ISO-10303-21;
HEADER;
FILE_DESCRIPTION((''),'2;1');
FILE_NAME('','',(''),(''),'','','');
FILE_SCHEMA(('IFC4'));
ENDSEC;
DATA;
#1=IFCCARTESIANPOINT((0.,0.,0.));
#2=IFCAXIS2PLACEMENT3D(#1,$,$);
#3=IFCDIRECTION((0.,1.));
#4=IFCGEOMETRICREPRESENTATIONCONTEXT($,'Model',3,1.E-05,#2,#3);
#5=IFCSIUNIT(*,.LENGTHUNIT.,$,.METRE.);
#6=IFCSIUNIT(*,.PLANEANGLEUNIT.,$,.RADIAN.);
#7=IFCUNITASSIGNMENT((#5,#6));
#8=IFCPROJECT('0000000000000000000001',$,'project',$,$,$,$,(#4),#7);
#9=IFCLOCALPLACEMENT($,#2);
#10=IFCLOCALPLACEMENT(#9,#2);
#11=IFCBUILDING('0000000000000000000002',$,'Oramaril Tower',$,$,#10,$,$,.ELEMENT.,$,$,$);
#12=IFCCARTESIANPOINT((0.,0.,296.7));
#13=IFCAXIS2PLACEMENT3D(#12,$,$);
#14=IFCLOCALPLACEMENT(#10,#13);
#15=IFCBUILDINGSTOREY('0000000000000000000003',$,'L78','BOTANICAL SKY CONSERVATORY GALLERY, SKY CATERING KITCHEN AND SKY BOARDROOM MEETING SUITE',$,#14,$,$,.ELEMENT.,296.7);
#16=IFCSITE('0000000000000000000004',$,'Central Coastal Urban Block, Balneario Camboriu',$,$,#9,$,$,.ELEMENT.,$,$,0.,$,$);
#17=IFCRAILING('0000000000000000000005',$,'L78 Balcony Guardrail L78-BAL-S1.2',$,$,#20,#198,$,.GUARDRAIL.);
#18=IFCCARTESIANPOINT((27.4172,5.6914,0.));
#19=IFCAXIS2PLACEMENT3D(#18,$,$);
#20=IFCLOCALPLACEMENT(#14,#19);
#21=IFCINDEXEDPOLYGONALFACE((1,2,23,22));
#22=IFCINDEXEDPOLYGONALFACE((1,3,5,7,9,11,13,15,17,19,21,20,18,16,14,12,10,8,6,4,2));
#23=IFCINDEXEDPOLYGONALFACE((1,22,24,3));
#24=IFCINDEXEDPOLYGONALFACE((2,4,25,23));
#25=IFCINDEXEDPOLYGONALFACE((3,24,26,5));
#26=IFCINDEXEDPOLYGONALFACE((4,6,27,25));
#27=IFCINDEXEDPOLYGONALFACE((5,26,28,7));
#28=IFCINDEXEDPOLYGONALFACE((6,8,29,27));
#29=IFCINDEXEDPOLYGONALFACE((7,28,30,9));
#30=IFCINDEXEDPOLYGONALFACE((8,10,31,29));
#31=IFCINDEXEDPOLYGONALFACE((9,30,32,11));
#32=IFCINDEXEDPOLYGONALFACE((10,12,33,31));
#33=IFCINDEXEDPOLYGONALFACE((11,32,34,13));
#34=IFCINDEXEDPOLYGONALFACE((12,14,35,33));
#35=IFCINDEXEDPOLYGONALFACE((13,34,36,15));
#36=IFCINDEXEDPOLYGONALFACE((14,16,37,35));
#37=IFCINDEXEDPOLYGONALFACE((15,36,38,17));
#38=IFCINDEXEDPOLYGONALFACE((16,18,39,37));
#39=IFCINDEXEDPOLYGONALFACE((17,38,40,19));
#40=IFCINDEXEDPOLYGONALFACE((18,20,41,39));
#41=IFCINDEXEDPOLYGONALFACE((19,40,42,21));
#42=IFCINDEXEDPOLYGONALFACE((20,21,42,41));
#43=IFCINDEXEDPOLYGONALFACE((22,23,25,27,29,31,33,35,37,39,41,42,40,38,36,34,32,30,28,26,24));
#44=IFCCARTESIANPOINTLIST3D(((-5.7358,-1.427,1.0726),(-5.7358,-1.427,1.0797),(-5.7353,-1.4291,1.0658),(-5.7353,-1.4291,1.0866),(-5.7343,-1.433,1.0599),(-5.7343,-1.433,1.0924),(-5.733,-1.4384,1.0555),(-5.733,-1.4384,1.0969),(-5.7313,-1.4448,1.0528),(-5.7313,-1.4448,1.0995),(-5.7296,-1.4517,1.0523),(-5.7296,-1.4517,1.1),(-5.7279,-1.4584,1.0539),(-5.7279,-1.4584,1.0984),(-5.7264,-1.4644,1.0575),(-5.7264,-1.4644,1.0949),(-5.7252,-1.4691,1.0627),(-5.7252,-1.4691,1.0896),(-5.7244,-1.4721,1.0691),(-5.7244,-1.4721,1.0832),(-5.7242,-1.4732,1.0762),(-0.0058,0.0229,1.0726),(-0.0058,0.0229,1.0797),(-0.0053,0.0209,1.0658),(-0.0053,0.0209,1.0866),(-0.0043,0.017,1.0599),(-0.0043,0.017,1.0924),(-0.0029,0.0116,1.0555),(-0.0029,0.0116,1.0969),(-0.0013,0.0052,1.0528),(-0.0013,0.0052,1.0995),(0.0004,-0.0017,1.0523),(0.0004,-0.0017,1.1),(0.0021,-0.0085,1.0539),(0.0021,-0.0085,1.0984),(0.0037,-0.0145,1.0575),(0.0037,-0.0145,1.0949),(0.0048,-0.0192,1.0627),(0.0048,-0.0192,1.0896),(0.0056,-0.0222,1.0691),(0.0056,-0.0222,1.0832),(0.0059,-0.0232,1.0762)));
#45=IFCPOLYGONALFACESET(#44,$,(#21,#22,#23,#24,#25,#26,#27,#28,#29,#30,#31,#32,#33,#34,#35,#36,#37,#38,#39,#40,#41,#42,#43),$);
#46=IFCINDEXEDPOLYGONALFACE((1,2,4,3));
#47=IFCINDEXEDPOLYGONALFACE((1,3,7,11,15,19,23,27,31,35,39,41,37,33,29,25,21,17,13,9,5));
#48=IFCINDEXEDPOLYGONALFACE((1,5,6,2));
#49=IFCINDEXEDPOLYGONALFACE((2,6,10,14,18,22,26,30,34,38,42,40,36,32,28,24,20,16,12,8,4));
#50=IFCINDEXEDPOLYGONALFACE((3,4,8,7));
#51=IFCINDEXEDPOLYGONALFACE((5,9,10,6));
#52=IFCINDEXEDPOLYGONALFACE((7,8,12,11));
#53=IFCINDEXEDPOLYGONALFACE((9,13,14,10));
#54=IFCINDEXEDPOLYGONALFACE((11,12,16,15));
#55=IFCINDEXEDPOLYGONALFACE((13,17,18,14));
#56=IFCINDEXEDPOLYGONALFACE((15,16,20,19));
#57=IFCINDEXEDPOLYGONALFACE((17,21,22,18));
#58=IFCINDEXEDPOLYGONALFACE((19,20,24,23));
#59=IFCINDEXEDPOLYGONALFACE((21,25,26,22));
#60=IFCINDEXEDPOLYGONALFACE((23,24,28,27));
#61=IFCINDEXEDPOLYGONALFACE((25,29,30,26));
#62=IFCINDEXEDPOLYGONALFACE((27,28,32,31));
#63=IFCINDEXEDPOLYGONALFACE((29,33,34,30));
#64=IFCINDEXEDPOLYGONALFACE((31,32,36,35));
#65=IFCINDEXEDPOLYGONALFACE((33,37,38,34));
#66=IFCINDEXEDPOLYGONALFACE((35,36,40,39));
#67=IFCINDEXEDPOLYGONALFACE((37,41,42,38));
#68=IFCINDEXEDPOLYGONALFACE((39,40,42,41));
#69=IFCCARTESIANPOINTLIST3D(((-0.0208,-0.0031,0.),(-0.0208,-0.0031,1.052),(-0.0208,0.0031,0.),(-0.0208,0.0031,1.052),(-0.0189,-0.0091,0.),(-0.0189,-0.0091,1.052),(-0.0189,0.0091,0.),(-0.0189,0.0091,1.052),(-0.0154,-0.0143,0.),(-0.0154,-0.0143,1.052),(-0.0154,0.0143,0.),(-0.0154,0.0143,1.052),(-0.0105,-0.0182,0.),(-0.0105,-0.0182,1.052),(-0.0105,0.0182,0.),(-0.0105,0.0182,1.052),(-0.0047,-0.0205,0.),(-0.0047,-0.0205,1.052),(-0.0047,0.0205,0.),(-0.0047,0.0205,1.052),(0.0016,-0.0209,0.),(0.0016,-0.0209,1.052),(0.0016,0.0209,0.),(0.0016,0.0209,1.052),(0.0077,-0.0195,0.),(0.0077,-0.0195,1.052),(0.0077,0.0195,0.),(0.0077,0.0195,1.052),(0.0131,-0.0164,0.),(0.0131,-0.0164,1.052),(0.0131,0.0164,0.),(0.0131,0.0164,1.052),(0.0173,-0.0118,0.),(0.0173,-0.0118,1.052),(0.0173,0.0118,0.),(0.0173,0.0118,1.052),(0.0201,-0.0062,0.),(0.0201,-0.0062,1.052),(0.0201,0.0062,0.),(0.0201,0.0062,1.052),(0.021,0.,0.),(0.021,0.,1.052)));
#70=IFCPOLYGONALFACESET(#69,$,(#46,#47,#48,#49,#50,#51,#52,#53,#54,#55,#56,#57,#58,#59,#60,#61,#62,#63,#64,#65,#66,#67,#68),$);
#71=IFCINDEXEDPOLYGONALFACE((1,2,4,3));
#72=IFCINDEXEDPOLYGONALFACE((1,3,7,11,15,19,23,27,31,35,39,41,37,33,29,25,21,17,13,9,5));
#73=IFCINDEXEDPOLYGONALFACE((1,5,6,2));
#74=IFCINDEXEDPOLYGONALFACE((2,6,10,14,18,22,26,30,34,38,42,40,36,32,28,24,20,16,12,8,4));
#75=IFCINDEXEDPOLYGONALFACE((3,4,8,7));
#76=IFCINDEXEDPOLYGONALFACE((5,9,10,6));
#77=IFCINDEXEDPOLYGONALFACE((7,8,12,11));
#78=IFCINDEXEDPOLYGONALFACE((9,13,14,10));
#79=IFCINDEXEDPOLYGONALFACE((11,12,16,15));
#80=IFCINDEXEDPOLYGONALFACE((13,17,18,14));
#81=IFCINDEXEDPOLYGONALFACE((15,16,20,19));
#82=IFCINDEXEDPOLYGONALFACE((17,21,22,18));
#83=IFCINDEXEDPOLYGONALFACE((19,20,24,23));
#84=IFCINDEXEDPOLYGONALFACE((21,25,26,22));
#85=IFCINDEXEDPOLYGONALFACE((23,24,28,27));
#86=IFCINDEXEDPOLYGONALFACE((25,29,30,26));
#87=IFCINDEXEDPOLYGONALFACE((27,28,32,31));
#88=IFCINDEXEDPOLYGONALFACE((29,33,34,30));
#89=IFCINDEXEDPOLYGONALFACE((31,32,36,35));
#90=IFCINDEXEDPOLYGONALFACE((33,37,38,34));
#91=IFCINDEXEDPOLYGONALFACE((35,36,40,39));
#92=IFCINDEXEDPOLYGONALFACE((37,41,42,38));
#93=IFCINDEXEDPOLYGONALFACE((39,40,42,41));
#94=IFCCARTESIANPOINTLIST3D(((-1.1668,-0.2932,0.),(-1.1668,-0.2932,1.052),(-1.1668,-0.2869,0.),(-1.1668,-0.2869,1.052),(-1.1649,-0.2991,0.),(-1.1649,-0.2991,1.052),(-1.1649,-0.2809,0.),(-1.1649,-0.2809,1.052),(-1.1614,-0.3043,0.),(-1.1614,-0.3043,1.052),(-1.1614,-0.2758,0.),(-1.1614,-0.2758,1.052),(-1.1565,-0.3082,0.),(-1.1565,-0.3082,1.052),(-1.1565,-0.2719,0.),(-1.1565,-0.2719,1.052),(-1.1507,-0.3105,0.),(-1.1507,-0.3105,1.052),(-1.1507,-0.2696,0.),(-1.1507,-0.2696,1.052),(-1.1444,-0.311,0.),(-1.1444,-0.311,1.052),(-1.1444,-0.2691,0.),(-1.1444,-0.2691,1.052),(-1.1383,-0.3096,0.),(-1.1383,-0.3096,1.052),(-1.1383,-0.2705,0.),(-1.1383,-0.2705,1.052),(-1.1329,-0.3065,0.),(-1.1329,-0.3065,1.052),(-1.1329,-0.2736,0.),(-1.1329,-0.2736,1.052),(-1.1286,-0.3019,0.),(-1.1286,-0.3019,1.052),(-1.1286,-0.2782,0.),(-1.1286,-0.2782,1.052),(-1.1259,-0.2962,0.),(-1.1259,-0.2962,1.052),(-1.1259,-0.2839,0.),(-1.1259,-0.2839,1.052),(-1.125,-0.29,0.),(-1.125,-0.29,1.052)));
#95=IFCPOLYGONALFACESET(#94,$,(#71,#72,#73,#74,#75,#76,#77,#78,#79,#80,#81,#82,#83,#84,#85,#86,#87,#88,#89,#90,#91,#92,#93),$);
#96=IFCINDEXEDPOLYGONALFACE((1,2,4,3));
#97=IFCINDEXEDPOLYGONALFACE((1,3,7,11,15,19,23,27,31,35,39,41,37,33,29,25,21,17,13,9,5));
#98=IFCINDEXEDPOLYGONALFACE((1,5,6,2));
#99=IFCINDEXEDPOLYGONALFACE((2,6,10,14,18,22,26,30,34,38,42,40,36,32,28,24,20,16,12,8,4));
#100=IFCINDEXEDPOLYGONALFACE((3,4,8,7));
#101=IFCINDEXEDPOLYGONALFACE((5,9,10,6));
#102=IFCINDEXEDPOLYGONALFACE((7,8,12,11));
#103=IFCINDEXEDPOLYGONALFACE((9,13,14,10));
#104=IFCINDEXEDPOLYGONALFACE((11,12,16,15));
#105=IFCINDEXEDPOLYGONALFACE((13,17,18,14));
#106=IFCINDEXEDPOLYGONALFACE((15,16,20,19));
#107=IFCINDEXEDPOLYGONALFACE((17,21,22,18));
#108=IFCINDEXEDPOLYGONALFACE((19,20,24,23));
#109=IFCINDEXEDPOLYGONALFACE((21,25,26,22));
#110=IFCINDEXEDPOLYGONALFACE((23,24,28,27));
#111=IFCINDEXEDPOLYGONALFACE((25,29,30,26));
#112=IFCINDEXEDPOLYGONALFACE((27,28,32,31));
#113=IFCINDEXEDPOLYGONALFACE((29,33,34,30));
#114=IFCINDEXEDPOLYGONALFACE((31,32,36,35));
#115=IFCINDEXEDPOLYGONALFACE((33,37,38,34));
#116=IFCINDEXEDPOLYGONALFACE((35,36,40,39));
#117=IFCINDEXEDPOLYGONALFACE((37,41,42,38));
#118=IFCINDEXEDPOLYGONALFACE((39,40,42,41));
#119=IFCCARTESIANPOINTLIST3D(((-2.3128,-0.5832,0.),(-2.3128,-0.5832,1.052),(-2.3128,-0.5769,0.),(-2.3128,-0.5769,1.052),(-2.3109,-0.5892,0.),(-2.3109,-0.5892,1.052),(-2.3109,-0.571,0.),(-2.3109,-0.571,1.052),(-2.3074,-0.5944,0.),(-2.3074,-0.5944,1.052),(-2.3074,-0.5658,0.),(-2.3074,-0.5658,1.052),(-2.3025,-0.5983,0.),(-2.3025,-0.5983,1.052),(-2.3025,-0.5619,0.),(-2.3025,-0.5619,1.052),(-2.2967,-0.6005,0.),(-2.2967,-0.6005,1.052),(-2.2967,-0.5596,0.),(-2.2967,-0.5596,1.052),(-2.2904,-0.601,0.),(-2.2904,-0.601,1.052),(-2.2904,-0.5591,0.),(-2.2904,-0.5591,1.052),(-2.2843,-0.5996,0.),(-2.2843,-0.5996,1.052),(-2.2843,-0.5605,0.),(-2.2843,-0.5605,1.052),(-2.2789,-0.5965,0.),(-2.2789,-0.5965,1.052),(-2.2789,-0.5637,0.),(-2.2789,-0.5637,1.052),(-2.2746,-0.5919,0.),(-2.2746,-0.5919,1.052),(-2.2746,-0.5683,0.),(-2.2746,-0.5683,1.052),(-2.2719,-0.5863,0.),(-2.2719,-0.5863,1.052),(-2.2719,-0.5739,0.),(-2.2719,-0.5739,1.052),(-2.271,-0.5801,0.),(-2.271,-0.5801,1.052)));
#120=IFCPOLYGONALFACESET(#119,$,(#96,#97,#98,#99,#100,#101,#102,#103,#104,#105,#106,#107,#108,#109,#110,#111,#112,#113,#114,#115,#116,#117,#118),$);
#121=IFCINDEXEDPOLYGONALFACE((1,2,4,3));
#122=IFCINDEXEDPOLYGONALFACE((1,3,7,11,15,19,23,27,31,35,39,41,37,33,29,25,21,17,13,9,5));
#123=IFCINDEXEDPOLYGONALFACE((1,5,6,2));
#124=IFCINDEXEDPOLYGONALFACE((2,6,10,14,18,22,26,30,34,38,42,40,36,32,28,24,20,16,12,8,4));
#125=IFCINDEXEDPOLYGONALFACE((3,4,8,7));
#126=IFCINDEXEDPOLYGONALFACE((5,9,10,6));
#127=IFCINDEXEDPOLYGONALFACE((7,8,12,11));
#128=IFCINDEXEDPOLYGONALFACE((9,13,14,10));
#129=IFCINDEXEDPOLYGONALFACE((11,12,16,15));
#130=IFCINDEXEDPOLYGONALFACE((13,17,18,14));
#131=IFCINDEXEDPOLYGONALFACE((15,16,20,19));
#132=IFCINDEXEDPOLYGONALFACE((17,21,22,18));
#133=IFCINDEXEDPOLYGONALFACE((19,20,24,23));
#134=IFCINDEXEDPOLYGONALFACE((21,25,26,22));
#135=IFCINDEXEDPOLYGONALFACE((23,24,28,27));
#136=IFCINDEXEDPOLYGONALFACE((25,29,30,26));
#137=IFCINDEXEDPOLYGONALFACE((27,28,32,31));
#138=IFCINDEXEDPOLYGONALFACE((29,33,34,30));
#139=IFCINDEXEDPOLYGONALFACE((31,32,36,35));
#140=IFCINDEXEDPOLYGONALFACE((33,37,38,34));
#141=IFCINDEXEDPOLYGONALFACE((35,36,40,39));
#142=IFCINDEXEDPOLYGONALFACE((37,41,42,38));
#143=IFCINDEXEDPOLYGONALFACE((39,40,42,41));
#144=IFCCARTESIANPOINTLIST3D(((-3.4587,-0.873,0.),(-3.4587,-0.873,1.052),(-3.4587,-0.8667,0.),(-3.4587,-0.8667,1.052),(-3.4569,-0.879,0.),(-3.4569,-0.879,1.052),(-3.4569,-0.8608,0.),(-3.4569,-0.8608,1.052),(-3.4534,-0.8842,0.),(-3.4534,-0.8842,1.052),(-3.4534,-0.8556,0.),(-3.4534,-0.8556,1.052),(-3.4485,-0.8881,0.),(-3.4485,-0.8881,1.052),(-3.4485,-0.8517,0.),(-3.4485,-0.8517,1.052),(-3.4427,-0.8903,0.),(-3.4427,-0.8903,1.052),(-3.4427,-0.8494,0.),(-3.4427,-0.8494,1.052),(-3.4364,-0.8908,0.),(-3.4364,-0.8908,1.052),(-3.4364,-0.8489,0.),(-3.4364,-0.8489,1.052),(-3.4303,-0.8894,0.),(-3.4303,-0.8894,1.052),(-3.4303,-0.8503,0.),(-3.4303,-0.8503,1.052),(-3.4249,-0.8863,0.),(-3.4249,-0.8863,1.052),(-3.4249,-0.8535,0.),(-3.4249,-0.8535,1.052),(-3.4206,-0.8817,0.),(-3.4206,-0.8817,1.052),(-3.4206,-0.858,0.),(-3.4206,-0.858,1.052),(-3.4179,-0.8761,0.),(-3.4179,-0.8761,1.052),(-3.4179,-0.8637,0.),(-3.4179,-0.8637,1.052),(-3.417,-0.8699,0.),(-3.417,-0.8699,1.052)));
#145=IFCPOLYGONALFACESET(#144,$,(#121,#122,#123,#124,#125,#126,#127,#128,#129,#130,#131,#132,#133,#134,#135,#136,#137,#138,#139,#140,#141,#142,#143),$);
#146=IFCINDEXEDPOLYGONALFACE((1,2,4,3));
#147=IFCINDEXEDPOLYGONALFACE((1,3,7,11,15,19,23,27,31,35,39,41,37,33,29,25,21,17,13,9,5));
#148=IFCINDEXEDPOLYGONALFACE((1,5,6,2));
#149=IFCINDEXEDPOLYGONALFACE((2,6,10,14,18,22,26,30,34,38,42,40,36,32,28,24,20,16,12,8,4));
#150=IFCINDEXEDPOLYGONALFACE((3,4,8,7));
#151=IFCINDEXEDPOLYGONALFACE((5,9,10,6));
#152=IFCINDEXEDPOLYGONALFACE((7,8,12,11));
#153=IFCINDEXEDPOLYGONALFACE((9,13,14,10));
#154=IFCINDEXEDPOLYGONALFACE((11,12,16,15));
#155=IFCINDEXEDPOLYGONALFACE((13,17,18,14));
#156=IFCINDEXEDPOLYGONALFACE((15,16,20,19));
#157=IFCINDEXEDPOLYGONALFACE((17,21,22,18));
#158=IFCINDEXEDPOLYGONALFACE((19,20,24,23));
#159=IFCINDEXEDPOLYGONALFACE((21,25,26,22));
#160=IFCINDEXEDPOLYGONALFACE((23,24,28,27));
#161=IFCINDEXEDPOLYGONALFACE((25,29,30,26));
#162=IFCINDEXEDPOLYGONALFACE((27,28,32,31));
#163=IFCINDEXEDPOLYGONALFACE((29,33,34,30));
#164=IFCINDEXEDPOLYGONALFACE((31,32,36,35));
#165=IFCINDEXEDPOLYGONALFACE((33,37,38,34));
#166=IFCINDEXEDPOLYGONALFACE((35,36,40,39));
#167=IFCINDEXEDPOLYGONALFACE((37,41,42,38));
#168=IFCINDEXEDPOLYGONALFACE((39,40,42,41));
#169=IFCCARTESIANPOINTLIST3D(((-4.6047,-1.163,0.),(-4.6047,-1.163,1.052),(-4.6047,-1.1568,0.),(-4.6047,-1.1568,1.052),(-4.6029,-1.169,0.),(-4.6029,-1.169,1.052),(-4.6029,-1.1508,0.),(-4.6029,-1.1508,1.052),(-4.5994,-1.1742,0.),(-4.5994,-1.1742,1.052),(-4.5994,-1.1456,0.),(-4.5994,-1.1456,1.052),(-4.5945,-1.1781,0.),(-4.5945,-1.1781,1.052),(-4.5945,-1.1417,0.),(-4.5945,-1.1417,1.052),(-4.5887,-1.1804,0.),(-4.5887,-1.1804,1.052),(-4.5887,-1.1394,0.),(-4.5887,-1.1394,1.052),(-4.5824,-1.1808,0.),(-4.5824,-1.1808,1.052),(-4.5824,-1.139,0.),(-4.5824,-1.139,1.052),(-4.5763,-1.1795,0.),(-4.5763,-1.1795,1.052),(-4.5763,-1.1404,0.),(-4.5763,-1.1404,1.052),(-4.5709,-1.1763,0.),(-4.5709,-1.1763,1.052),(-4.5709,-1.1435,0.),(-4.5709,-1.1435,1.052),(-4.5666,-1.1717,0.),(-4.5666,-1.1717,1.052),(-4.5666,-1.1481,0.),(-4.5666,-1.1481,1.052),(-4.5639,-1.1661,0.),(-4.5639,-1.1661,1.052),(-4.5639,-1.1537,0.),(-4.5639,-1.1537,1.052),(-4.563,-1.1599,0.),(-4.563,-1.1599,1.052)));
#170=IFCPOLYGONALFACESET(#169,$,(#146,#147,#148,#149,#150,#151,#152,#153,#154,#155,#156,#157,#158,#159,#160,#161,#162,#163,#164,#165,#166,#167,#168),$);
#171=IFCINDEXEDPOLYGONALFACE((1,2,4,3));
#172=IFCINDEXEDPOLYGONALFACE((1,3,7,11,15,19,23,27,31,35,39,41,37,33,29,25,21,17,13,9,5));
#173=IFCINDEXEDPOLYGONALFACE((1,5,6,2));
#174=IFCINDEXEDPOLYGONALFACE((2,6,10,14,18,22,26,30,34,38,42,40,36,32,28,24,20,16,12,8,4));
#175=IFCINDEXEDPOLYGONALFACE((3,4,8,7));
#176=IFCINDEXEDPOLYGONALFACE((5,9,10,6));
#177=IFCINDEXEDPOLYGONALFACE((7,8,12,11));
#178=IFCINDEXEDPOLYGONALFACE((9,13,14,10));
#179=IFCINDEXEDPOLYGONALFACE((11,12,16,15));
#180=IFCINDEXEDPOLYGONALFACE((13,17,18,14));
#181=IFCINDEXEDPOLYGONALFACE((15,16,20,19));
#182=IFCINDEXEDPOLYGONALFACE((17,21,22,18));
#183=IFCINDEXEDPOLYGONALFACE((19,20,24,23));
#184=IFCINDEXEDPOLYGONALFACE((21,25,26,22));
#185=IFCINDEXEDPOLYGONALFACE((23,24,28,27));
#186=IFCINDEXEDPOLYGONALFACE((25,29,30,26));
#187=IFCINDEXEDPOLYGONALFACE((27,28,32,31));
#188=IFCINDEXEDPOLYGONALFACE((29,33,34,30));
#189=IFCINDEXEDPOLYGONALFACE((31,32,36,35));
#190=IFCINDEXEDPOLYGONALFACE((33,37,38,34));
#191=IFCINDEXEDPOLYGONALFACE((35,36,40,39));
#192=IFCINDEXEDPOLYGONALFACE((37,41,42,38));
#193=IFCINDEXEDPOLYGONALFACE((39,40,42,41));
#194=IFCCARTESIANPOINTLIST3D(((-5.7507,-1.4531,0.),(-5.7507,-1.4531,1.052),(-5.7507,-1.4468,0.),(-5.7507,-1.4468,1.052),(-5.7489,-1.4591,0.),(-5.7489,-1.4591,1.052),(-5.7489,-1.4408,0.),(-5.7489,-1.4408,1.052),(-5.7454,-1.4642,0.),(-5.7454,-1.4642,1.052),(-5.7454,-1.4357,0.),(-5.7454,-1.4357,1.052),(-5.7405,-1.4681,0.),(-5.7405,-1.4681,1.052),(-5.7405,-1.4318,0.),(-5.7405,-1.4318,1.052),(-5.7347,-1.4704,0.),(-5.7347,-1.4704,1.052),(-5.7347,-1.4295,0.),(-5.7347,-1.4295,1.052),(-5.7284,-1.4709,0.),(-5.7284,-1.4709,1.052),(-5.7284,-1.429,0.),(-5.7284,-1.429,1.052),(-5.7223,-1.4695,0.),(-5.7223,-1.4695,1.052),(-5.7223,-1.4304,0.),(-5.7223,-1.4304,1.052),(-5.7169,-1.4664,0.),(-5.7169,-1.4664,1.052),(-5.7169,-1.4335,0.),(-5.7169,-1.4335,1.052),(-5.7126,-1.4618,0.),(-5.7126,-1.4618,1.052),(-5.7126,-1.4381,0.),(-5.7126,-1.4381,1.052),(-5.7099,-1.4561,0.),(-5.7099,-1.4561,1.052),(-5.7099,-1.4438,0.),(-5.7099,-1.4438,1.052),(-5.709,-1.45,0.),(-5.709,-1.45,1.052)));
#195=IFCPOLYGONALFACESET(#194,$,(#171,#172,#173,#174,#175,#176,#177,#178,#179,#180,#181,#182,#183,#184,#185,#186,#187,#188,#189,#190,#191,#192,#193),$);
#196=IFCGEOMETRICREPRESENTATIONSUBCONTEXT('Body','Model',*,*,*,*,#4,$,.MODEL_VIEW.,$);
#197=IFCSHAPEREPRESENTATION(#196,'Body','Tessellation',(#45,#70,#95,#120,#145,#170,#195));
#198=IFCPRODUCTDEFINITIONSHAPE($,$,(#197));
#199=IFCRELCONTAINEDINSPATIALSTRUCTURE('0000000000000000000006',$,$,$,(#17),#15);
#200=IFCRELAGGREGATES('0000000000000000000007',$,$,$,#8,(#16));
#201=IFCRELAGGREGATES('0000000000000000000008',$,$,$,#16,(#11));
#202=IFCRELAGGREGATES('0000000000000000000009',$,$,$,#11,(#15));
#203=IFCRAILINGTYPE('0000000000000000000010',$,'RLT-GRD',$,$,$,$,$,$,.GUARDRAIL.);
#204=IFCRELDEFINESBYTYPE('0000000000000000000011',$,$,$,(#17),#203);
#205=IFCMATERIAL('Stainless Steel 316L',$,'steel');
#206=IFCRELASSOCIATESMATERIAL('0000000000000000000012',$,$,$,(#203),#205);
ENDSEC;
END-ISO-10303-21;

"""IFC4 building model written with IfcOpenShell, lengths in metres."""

from ifc_helpers import new_model, si_unit, direction, frame, origin, origin_2d, place, context, subcontext, project, spatial, circle, extrude, material, type_object, element, save


model = new_model("IFC4")

# Units and contexts
model_context = context("Model", 3, precision=1e-05, world=origin(), true_north=direction((0.0, 1.0)))
body_context = subcontext(model_context, "Body", "Model", "MODEL_VIEW")
ifc_project = project(units=[si_unit("LENGTHUNIT", "METRE"), si_unit("PLANEANGLEUNIT", "RADIAN")], contexts=[model_context])

# Site, building, storey
site_placement = place(None, origin())
site = spatial("IfcSite", under=ifc_project, at=site_placement, Name="Central Coastal Urban Block, Balneario Camboriu", CompositionType="ELEMENT", RefElevation=0.0)
building_placement = place(site_placement, origin())
building = spatial("IfcBuilding", under=site, at=building_placement, Name="Oramaril Tower", CompositionType="ELEMENT")
storey_placement = place(building_placement, frame((0.0, 0.0, 296.7)))
storey = spatial("IfcBuildingStorey", under=building, at=storey_placement, Name="L78", Description="BOTANICAL SKY CONSERVATORY GALLERY, SKY CATERING KITCHEN AND SKY BOARDROOM MEETING SUITE", CompositionType="ELEMENT", Elevation=296.7)

# Railing
ifc_material_1 = material(Name="Stainless Steel 316L", Category="steel")
railing_type = type_object("IfcRailingType", Name="RLT-GRD", PredefinedType="GUARDRAIL", material=ifc_material_1)
railing_1_placement = place(storey_placement, frame((27.4172, 5.6914, 0.0)))
element("IfcRailing", 1, at=railing_1_placement, inside=storey, type_object=railing_type, Name="L78 Balcony Guardrail L78-BAL-S1.2", PredefinedType="GUARDRAIL", context=body_context, shape_type="SweptSolid", body=[
    extrude(circle(Radius=0.0239, at=origin_2d()), frame((0.0, 0.0, 1.0762), z_axis=(-0.969444, -0.245314, 0.0), x_axis=(0.245314, -0.969444, 0.0)), (0.0, 0.0, 1.0), 5.9106),
    extrude(circle(Radius=0.021, at=origin_2d()), origin(), (0.0, 0.0, 1.0), 1.052),
    extrude(circle(Radius=0.021, at=origin_2d()), frame((-1.146, -0.29, 0.0)), (0.0, 0.0, 1.0), 1.052),
    extrude(circle(Radius=0.021, at=origin_2d()), frame((-2.292, -0.5801, 0.0)), (0.0, 0.0, 1.0), 1.052),
    extrude(circle(Radius=0.021, at=origin_2d()), frame((-3.438, -0.8699, 0.0)), (0.0, 0.0, 1.0), 1.052),
    extrude(circle(Radius=0.021, at=origin_2d()), frame((-4.584, -1.1599, 0.0)), (0.0, 0.0, 1.0), 1.052),
    extrude(circle(Radius=0.021, at=origin_2d()), frame((-5.73, -1.45, 0.0)), (0.0, 0.0, 1.0), 1.052),
])

save(model, "model.ifc")
